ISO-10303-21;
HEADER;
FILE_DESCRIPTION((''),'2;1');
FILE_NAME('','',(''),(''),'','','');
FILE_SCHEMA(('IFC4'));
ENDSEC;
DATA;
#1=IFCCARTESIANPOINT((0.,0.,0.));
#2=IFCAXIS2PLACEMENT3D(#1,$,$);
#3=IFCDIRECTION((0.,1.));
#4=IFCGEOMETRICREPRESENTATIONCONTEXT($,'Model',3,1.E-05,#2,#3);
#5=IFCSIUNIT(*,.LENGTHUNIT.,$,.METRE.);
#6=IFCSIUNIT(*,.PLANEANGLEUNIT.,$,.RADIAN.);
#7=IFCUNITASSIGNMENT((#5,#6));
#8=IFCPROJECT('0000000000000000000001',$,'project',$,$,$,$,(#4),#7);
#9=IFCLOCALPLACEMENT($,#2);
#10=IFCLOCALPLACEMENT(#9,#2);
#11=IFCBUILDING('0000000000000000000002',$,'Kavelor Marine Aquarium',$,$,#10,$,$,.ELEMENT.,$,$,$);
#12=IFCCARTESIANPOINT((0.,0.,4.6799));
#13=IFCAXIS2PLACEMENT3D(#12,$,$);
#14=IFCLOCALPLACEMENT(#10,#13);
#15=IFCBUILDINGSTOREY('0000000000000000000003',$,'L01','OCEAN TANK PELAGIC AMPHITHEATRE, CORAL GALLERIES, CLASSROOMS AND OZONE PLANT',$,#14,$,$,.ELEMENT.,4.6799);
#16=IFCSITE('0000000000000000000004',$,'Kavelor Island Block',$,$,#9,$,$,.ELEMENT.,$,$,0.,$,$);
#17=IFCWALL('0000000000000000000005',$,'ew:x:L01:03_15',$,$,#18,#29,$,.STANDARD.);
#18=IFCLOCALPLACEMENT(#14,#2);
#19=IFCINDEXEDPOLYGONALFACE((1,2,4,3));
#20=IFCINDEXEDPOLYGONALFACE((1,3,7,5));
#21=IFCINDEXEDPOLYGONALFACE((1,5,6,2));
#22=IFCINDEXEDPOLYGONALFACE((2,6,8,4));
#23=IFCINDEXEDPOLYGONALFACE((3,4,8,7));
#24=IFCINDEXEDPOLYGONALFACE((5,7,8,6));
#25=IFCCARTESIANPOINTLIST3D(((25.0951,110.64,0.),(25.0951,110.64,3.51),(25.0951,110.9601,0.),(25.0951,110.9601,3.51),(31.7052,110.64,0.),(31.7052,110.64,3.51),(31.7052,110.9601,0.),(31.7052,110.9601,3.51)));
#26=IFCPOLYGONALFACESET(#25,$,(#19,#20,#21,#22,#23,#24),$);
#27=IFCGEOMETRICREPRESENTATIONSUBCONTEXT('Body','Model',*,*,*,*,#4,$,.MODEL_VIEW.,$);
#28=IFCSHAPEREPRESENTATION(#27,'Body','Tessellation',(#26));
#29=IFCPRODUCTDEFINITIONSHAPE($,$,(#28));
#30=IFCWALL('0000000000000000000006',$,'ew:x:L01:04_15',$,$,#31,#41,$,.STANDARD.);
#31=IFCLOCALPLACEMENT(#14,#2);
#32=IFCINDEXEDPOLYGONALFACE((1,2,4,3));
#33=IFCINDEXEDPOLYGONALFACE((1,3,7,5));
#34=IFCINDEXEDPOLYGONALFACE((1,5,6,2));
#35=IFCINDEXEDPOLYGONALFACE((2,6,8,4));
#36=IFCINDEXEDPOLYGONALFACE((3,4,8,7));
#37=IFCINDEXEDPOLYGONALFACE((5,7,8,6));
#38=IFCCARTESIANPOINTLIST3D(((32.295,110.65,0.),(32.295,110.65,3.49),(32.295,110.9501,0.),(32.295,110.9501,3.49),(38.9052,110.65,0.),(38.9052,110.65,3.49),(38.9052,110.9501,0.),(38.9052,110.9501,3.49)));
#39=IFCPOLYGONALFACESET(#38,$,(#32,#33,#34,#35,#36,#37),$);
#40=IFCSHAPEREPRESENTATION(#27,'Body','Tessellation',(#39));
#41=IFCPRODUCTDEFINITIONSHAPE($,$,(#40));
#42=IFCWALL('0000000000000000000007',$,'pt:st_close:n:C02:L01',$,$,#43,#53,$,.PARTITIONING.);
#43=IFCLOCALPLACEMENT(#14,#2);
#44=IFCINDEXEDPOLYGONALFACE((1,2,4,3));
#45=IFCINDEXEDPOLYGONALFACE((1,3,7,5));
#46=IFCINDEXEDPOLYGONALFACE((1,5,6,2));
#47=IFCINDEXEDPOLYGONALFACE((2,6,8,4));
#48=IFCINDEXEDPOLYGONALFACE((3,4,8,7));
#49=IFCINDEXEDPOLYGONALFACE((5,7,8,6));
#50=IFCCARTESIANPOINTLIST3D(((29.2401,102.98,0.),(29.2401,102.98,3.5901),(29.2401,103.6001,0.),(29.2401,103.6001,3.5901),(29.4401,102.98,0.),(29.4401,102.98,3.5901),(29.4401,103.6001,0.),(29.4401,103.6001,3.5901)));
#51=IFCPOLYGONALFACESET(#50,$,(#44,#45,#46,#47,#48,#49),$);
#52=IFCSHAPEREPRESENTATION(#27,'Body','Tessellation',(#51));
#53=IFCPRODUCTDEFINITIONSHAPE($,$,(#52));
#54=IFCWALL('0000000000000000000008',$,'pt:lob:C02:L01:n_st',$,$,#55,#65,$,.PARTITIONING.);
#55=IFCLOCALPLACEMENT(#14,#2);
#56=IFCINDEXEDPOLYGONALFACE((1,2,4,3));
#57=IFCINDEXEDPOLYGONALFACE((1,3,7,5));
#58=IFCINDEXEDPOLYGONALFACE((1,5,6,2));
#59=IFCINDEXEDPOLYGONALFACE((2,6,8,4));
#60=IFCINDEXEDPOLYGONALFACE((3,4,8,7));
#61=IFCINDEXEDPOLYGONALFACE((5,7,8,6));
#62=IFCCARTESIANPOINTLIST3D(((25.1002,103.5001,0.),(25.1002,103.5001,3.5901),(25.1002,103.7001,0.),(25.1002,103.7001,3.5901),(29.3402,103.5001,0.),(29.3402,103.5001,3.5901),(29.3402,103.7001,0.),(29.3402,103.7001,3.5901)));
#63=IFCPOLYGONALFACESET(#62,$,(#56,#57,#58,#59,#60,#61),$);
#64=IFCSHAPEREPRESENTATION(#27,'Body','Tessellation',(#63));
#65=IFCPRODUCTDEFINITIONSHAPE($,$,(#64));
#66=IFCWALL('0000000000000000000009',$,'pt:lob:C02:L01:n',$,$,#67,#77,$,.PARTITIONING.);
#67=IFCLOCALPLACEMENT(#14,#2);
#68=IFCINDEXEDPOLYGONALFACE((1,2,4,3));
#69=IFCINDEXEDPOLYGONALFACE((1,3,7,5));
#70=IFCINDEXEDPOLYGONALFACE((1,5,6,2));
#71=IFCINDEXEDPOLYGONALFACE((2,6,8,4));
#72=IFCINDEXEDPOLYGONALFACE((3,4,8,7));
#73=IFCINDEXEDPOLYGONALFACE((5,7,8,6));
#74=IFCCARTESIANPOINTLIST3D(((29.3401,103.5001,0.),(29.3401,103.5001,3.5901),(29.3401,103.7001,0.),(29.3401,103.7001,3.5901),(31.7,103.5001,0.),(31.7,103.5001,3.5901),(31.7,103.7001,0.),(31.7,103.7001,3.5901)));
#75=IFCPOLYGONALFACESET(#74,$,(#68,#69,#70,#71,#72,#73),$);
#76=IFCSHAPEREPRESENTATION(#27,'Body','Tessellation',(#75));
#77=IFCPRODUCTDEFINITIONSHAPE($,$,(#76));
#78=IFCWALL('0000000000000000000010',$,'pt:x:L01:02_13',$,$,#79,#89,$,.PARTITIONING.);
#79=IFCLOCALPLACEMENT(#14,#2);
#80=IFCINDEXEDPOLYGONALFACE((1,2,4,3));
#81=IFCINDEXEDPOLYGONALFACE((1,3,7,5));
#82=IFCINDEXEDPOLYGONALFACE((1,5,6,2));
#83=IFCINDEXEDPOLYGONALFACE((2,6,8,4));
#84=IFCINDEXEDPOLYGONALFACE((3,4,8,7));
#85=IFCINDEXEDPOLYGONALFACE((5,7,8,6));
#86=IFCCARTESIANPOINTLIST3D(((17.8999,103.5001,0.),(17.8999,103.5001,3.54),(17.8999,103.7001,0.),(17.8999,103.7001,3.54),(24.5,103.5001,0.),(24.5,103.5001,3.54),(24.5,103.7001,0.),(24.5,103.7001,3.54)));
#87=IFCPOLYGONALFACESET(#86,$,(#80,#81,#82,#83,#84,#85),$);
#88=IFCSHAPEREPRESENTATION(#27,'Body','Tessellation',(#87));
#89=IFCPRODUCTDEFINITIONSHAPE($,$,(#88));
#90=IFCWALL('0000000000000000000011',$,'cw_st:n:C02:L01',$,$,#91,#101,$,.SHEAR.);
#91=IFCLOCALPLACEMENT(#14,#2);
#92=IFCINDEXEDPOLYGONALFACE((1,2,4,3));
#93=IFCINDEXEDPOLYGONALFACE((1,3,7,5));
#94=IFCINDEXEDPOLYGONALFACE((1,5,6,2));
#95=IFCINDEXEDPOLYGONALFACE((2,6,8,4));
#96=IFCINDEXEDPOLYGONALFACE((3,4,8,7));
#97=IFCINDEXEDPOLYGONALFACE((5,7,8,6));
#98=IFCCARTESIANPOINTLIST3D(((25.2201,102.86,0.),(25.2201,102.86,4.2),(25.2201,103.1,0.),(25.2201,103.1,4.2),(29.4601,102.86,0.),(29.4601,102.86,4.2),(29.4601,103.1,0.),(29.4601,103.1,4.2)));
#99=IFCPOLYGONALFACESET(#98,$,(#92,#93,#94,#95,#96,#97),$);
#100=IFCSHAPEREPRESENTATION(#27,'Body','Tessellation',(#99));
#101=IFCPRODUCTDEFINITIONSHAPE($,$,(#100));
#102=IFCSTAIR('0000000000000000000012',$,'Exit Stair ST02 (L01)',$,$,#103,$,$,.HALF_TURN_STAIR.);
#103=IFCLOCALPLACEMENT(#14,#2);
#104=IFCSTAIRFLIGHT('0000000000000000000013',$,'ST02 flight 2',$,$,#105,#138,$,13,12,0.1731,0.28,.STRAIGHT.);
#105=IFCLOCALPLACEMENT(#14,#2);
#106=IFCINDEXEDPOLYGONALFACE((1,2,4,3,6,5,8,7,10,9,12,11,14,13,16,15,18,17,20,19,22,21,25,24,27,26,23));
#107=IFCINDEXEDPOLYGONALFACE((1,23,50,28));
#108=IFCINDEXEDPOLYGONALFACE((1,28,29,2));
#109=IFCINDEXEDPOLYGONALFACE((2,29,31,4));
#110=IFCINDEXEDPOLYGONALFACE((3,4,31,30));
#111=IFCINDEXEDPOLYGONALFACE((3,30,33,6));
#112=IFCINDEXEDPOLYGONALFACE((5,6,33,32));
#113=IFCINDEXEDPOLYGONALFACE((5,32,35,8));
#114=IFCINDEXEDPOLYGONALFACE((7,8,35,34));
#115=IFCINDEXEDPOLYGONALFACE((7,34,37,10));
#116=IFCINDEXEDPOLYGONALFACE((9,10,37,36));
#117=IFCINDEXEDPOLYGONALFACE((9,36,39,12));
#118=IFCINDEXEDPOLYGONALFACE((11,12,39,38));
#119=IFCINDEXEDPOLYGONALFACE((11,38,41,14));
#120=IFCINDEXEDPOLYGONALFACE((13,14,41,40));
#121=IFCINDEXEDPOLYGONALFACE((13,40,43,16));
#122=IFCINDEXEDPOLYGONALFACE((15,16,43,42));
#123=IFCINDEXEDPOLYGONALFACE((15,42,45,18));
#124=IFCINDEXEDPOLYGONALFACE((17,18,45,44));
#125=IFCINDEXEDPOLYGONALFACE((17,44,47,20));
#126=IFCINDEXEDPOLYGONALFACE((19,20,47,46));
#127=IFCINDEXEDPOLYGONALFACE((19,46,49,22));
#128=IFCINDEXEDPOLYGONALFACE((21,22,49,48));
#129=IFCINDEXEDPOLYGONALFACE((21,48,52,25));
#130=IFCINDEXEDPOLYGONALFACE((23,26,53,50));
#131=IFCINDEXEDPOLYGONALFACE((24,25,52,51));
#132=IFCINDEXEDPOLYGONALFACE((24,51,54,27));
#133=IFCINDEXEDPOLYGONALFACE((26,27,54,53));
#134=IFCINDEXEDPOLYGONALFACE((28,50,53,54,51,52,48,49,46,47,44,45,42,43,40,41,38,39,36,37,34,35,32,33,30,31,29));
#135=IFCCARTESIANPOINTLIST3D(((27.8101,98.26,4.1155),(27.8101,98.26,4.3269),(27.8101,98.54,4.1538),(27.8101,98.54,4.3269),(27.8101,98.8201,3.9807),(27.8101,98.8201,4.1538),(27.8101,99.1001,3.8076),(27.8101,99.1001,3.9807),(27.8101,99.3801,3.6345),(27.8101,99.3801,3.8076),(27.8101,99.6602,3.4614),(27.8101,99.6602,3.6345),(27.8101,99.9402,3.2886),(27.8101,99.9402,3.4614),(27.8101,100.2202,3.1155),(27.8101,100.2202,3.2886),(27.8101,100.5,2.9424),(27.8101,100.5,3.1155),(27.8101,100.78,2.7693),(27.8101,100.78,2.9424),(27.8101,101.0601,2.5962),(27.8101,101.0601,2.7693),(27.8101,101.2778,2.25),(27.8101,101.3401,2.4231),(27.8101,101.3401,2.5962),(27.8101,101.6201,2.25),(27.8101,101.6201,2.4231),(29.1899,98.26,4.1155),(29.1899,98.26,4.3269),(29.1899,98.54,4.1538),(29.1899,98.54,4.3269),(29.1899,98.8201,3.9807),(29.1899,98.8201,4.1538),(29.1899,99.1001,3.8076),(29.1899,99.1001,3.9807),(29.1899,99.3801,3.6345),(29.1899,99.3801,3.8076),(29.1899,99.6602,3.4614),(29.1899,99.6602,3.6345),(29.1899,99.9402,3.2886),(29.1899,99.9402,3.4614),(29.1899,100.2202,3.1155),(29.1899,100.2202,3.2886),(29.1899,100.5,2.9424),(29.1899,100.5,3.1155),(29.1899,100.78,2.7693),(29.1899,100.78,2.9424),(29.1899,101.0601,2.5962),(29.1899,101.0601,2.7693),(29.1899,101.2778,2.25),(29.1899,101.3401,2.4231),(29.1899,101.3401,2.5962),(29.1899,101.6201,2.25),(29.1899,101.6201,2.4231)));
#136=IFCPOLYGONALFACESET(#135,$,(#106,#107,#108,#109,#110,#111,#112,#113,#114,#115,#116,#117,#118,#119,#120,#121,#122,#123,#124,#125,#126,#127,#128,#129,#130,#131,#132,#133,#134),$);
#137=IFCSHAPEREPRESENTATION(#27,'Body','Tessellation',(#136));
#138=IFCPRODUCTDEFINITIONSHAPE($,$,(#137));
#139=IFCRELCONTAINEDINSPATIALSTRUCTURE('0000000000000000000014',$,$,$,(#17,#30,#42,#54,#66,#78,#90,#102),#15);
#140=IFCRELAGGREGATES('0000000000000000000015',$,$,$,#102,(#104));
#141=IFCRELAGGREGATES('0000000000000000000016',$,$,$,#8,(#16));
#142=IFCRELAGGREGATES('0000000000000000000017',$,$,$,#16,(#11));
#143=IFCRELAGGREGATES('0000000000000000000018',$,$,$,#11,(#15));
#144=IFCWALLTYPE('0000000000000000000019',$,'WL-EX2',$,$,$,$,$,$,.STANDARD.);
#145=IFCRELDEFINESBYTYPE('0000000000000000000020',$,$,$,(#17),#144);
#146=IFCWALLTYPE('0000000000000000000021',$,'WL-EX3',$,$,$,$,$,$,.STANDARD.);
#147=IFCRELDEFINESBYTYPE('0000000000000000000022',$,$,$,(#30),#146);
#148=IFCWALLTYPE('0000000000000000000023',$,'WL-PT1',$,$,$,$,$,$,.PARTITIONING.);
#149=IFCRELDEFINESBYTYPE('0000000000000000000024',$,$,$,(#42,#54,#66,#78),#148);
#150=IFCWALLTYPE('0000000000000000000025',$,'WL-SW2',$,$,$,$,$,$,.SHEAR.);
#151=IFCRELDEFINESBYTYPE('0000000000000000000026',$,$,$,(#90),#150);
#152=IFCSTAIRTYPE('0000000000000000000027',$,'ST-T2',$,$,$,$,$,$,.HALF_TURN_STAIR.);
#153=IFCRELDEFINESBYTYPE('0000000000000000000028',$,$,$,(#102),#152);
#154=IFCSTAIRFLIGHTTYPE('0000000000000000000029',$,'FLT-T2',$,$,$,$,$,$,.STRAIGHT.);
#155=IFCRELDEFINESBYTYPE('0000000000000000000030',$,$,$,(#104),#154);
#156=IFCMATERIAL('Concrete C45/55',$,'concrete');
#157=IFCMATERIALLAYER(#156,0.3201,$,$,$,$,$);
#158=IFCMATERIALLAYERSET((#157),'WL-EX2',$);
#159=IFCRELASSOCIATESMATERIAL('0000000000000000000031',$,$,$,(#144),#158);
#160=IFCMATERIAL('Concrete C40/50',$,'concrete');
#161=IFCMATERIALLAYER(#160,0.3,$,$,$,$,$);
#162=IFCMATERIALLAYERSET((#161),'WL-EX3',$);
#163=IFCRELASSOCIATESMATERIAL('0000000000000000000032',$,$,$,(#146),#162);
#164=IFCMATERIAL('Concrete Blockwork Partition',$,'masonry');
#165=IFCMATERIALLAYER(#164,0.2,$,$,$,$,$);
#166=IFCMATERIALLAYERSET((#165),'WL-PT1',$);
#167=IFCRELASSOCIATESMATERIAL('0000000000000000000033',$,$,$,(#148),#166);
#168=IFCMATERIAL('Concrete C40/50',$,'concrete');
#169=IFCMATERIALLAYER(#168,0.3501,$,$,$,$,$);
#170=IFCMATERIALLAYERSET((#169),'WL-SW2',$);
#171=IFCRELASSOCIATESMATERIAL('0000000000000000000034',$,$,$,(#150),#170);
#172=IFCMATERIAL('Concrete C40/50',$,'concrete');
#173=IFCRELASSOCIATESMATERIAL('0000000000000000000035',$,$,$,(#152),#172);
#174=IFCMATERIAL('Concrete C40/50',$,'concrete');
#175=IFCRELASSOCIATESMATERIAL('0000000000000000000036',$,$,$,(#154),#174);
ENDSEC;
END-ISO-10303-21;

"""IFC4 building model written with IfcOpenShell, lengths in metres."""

from ifc_helpers import new_model, si_unit, direction, frame, frame_2d, origin, place, context, subcontext, project, spatial, polyline, rectangle, outline, extrude, material, layer, layer_set, type_object, element, aggregate, save


model = new_model("IFC4")

# Units and contexts
model_context = context("Model", 3, precision=1e-05, world=origin(), true_north=direction((0.0, 1.0)))
body_context = subcontext(model_context, "Body", "Model", "MODEL_VIEW")
ifc_project = project(units=[si_unit("LENGTHUNIT", "METRE"), si_unit("PLANEANGLEUNIT", "RADIAN")], contexts=[model_context])

# Site, building, storey
site_placement = place(None, origin())
site = spatial("IfcSite", under=ifc_project, at=site_placement, Name="Kavelor Island Block", CompositionType="ELEMENT", RefElevation=0.0)
building_placement = place(site_placement, origin())
building = spatial("IfcBuilding", under=site, at=building_placement, Name="Kavelor Marine Aquarium", CompositionType="ELEMENT")
storey_placement = place(building_placement, frame((0.0, 0.0, 4.6799)))
storey = spatial("IfcBuildingStorey", under=building, at=storey_placement, Name="L01", Description="OCEAN TANK PELAGIC AMPHITHEATRE, CORAL GALLERIES, CLASSROOMS AND OZONE PLANT", CompositionType="ELEMENT", Elevation=4.6799)

# Walls
ifc_material_1 = material(Name="Concrete C45/55", Category="concrete")
ifc_layer_1 = layer(ifc_material_1, 0.3201)
ifc_layer_set_1 = layer_set([ifc_layer_1], Name="WL-EX2")
wall_type_1 = type_object("IfcWallType", Name="WL-EX2", PredefinedType="STANDARD", material=ifc_layer_set_1)
wall_1_placement = place(storey_placement, frame((25.095, 110.8, 0.0), z_axis=(0.0, 0.0, 1.0), x_axis=(1.0, 0.0, 0.0)))
element("IfcWall", 1, at=wall_1_placement, inside=storey, type_object=wall_type_1, Name="ew:x:L01:03_15", PredefinedType="STANDARD", context=body_context, shape_type="SweptSolid", body=[
    extrude(rectangle(XDim=6.6101, YDim=0.3201, at=frame_2d((3.3052, 0.0))), origin(), (0.0, 0.0, 1.0), 3.51),
])
ifc_material_2 = material(Name="Concrete C40/50", Category="concrete")
ifc_layer_2 = layer(ifc_material_2, 0.3)
ifc_layer_set_2 = layer_set([ifc_layer_2], Name="WL-EX3")
wall_type_2 = type_object("IfcWallType", Name="WL-EX3", PredefinedType="STANDARD", material=ifc_layer_set_2)
wall_2_placement = place(storey_placement, frame((32.2949, 110.8, 0.0), z_axis=(0.0, 0.0, 1.0), x_axis=(1.0, 0.0, 0.0)))
element("IfcWall", 2, at=wall_2_placement, inside=storey, type_object=wall_type_2, Name="ew:x:L01:04_15", PredefinedType="STANDARD", context=body_context, shape_type="SweptSolid", body=[
    extrude(rectangle(XDim=6.6101, YDim=0.3, at=frame_2d((3.3052, 0.0))), origin(), (0.0, 0.0, 1.0), 3.49),
])
ifc_material_3 = material(Name="Concrete Blockwork Partition", Category="masonry")
ifc_layer_3 = layer(ifc_material_3, 0.2)
ifc_layer_set_3 = layer_set([ifc_layer_3], Name="WL-PT1")
wall_type_3 = type_object("IfcWallType", Name="WL-PT1", PredefinedType="PARTITIONING", material=ifc_layer_set_3)
wall_3_placement = place(storey_placement, frame((29.3401, 102.98, 0.0), z_axis=(0.0, 0.0, 1.0), x_axis=(0.0, 1.0, 0.0)))
element("IfcWall", 3, at=wall_3_placement, inside=storey, type_object=wall_type_3, Name="pt:st_close:n:C02:L01", PredefinedType="PARTITIONING", context=body_context, shape_type="SweptSolid", body=[
    extrude(rectangle(XDim=0.6201, YDim=0.2, at=frame_2d((0.3101, 0.0))), origin(), (0.0, 0.0, 1.0), 3.5901),
])
wall_4_placement = place(storey_placement, frame((25.1001, 103.6001, 0.0), z_axis=(0.0, 0.0, 1.0), x_axis=(1.0, 0.0, 0.0)))
element("IfcWall", 4, at=wall_4_placement, inside=storey, type_object=wall_type_3, Name="pt:lob:C02:L01:n_st", PredefinedType="PARTITIONING", context=body_context, shape_type="SweptSolid", body=[
    extrude(rectangle(XDim=4.24, YDim=0.2, at=frame_2d((2.1201, 0.0))), origin(), (0.0, 0.0, 1.0), 3.5901),
])
wall_5_placement = place(storey_placement, frame((29.3401, 103.6001, 0.0), z_axis=(0.0, 0.0, 1.0), x_axis=(1.0, 0.0, 0.0)))
element("IfcWall", 5, at=wall_5_placement, inside=storey, type_object=wall_type_3, Name="pt:lob:C02:L01:n", PredefinedType="PARTITIONING", context=body_context, shape_type="SweptSolid", body=[
    extrude(rectangle(XDim=2.3599, YDim=0.2, at=frame_2d((1.1799, 0.0))), origin(), (0.0, 0.0, 1.0), 3.5901),
])
wall_6_placement = place(storey_placement, frame((17.8999, 103.6001, 0.0), z_axis=(0.0, 0.0, 1.0), x_axis=(1.0, 0.0, 0.0)))
element("IfcWall", 6, at=wall_6_placement, inside=storey, type_object=wall_type_3, Name="pt:x:L01:02_13", PredefinedType="PARTITIONING", context=body_context, shape_type="SweptSolid", body=[
    extrude(rectangle(XDim=6.6001, YDim=0.2, at=frame_2d((3.3, 0.0))), origin(), (0.0, 0.0, 1.0), 3.54),
])
ifc_material_4 = material(Name="Concrete C40/50", Category="concrete")
ifc_layer_4 = layer(ifc_material_4, 0.3501)
ifc_layer_set_4 = layer_set([ifc_layer_4], Name="WL-SW2")
wall_type_4 = type_object("IfcWallType", Name="WL-SW2", PredefinedType="SHEAR", material=ifc_layer_set_4)
wall_7_placement = place(storey_placement, frame((25.22, 102.98, 0.0), z_axis=(0.0, 0.0, 1.0), x_axis=(1.0, 0.0, 0.0)))
element("IfcWall", 7, at=wall_7_placement, inside=storey, type_object=wall_type_4, Name="cw_st:n:C02:L01", PredefinedType="SHEAR", context=body_context, shape_type="SweptSolid", body=[
    extrude(rectangle(XDim=4.24, YDim=0.24, at=frame_2d((2.1201, 0.0))), origin(), (0.0, 0.0, 1.0), 4.2),
])

# Stair, stair flight
ifc_material_5 = material(Name="Concrete C40/50", Category="concrete")
stair_type = type_object("IfcStairType", Name="ST-T2", PredefinedType="HALF_TURN_STAIR", material=ifc_material_5)
stair_placement = place(storey_placement, origin())
stair = element("IfcStair", 8, at=stair_placement, inside=storey, type_object=stair_type, Name="Exit Stair ST02 (L01)", PredefinedType="HALF_TURN_STAIR")
ifc_material_6 = material(Name="Concrete C40/50", Category="concrete")
stair_flight_type = type_object("IfcStairFlightType", Name="FLT-T2", PredefinedType="STRAIGHT", material=ifc_material_6)
stair_flight_placement = place(storey_placement, frame((28.5, 101.6201, 2.25), z_axis=(0.0, 0.0, 1.0), x_axis=(0.0, -1.0, 0.0)))
stair_flight = element("IfcStairFlight", 9, at=stair_flight_placement, type_object=stair_flight_type, Name="ST02 flight 2", NumberOfRisers=13, NumberOfTreads=12, PredefinedType="STRAIGHT", RiserHeight=0.1731, TreadLength=0.28, context=body_context, shape_type="SweptSolid", body=[
    extrude(outline(polyline([(0.0, 0.0), (0.0, 0.1731), (0.28, 0.1731), (0.28, 0.3462), (0.5601, 0.3462), (0.5601, 0.5193), (0.8401, 0.5193), (0.8401, 0.6924), (1.1201, 0.6924), (1.1201, 0.8655), (1.3999, 0.8655), (1.3999, 1.0386), (1.6799, 1.0386), (1.6799, 1.2114), (1.96, 1.2114), (1.96, 1.3845), (2.24, 1.3845), (2.24, 1.5576), (2.52, 1.5576), (2.52, 1.7307), (2.8, 1.7307), (2.8, 1.9038), (3.0801, 1.9038), (3.0801, 2.0769), (3.3601, 2.0769), (3.3601, 2.25), (3.3601, 1.8655), (0.3423, 0.0), (0.0, 0.0)])), frame((0.0, 0.6899, 0.0), z_axis=(0.0, -1.0, 0.0), x_axis=(1.0, 0.0, 0.0)), (0.0, 0.0, 1.0), 1.3799),
])
aggregate(stair, [stair_flight])

save(model, "model.ifc")
